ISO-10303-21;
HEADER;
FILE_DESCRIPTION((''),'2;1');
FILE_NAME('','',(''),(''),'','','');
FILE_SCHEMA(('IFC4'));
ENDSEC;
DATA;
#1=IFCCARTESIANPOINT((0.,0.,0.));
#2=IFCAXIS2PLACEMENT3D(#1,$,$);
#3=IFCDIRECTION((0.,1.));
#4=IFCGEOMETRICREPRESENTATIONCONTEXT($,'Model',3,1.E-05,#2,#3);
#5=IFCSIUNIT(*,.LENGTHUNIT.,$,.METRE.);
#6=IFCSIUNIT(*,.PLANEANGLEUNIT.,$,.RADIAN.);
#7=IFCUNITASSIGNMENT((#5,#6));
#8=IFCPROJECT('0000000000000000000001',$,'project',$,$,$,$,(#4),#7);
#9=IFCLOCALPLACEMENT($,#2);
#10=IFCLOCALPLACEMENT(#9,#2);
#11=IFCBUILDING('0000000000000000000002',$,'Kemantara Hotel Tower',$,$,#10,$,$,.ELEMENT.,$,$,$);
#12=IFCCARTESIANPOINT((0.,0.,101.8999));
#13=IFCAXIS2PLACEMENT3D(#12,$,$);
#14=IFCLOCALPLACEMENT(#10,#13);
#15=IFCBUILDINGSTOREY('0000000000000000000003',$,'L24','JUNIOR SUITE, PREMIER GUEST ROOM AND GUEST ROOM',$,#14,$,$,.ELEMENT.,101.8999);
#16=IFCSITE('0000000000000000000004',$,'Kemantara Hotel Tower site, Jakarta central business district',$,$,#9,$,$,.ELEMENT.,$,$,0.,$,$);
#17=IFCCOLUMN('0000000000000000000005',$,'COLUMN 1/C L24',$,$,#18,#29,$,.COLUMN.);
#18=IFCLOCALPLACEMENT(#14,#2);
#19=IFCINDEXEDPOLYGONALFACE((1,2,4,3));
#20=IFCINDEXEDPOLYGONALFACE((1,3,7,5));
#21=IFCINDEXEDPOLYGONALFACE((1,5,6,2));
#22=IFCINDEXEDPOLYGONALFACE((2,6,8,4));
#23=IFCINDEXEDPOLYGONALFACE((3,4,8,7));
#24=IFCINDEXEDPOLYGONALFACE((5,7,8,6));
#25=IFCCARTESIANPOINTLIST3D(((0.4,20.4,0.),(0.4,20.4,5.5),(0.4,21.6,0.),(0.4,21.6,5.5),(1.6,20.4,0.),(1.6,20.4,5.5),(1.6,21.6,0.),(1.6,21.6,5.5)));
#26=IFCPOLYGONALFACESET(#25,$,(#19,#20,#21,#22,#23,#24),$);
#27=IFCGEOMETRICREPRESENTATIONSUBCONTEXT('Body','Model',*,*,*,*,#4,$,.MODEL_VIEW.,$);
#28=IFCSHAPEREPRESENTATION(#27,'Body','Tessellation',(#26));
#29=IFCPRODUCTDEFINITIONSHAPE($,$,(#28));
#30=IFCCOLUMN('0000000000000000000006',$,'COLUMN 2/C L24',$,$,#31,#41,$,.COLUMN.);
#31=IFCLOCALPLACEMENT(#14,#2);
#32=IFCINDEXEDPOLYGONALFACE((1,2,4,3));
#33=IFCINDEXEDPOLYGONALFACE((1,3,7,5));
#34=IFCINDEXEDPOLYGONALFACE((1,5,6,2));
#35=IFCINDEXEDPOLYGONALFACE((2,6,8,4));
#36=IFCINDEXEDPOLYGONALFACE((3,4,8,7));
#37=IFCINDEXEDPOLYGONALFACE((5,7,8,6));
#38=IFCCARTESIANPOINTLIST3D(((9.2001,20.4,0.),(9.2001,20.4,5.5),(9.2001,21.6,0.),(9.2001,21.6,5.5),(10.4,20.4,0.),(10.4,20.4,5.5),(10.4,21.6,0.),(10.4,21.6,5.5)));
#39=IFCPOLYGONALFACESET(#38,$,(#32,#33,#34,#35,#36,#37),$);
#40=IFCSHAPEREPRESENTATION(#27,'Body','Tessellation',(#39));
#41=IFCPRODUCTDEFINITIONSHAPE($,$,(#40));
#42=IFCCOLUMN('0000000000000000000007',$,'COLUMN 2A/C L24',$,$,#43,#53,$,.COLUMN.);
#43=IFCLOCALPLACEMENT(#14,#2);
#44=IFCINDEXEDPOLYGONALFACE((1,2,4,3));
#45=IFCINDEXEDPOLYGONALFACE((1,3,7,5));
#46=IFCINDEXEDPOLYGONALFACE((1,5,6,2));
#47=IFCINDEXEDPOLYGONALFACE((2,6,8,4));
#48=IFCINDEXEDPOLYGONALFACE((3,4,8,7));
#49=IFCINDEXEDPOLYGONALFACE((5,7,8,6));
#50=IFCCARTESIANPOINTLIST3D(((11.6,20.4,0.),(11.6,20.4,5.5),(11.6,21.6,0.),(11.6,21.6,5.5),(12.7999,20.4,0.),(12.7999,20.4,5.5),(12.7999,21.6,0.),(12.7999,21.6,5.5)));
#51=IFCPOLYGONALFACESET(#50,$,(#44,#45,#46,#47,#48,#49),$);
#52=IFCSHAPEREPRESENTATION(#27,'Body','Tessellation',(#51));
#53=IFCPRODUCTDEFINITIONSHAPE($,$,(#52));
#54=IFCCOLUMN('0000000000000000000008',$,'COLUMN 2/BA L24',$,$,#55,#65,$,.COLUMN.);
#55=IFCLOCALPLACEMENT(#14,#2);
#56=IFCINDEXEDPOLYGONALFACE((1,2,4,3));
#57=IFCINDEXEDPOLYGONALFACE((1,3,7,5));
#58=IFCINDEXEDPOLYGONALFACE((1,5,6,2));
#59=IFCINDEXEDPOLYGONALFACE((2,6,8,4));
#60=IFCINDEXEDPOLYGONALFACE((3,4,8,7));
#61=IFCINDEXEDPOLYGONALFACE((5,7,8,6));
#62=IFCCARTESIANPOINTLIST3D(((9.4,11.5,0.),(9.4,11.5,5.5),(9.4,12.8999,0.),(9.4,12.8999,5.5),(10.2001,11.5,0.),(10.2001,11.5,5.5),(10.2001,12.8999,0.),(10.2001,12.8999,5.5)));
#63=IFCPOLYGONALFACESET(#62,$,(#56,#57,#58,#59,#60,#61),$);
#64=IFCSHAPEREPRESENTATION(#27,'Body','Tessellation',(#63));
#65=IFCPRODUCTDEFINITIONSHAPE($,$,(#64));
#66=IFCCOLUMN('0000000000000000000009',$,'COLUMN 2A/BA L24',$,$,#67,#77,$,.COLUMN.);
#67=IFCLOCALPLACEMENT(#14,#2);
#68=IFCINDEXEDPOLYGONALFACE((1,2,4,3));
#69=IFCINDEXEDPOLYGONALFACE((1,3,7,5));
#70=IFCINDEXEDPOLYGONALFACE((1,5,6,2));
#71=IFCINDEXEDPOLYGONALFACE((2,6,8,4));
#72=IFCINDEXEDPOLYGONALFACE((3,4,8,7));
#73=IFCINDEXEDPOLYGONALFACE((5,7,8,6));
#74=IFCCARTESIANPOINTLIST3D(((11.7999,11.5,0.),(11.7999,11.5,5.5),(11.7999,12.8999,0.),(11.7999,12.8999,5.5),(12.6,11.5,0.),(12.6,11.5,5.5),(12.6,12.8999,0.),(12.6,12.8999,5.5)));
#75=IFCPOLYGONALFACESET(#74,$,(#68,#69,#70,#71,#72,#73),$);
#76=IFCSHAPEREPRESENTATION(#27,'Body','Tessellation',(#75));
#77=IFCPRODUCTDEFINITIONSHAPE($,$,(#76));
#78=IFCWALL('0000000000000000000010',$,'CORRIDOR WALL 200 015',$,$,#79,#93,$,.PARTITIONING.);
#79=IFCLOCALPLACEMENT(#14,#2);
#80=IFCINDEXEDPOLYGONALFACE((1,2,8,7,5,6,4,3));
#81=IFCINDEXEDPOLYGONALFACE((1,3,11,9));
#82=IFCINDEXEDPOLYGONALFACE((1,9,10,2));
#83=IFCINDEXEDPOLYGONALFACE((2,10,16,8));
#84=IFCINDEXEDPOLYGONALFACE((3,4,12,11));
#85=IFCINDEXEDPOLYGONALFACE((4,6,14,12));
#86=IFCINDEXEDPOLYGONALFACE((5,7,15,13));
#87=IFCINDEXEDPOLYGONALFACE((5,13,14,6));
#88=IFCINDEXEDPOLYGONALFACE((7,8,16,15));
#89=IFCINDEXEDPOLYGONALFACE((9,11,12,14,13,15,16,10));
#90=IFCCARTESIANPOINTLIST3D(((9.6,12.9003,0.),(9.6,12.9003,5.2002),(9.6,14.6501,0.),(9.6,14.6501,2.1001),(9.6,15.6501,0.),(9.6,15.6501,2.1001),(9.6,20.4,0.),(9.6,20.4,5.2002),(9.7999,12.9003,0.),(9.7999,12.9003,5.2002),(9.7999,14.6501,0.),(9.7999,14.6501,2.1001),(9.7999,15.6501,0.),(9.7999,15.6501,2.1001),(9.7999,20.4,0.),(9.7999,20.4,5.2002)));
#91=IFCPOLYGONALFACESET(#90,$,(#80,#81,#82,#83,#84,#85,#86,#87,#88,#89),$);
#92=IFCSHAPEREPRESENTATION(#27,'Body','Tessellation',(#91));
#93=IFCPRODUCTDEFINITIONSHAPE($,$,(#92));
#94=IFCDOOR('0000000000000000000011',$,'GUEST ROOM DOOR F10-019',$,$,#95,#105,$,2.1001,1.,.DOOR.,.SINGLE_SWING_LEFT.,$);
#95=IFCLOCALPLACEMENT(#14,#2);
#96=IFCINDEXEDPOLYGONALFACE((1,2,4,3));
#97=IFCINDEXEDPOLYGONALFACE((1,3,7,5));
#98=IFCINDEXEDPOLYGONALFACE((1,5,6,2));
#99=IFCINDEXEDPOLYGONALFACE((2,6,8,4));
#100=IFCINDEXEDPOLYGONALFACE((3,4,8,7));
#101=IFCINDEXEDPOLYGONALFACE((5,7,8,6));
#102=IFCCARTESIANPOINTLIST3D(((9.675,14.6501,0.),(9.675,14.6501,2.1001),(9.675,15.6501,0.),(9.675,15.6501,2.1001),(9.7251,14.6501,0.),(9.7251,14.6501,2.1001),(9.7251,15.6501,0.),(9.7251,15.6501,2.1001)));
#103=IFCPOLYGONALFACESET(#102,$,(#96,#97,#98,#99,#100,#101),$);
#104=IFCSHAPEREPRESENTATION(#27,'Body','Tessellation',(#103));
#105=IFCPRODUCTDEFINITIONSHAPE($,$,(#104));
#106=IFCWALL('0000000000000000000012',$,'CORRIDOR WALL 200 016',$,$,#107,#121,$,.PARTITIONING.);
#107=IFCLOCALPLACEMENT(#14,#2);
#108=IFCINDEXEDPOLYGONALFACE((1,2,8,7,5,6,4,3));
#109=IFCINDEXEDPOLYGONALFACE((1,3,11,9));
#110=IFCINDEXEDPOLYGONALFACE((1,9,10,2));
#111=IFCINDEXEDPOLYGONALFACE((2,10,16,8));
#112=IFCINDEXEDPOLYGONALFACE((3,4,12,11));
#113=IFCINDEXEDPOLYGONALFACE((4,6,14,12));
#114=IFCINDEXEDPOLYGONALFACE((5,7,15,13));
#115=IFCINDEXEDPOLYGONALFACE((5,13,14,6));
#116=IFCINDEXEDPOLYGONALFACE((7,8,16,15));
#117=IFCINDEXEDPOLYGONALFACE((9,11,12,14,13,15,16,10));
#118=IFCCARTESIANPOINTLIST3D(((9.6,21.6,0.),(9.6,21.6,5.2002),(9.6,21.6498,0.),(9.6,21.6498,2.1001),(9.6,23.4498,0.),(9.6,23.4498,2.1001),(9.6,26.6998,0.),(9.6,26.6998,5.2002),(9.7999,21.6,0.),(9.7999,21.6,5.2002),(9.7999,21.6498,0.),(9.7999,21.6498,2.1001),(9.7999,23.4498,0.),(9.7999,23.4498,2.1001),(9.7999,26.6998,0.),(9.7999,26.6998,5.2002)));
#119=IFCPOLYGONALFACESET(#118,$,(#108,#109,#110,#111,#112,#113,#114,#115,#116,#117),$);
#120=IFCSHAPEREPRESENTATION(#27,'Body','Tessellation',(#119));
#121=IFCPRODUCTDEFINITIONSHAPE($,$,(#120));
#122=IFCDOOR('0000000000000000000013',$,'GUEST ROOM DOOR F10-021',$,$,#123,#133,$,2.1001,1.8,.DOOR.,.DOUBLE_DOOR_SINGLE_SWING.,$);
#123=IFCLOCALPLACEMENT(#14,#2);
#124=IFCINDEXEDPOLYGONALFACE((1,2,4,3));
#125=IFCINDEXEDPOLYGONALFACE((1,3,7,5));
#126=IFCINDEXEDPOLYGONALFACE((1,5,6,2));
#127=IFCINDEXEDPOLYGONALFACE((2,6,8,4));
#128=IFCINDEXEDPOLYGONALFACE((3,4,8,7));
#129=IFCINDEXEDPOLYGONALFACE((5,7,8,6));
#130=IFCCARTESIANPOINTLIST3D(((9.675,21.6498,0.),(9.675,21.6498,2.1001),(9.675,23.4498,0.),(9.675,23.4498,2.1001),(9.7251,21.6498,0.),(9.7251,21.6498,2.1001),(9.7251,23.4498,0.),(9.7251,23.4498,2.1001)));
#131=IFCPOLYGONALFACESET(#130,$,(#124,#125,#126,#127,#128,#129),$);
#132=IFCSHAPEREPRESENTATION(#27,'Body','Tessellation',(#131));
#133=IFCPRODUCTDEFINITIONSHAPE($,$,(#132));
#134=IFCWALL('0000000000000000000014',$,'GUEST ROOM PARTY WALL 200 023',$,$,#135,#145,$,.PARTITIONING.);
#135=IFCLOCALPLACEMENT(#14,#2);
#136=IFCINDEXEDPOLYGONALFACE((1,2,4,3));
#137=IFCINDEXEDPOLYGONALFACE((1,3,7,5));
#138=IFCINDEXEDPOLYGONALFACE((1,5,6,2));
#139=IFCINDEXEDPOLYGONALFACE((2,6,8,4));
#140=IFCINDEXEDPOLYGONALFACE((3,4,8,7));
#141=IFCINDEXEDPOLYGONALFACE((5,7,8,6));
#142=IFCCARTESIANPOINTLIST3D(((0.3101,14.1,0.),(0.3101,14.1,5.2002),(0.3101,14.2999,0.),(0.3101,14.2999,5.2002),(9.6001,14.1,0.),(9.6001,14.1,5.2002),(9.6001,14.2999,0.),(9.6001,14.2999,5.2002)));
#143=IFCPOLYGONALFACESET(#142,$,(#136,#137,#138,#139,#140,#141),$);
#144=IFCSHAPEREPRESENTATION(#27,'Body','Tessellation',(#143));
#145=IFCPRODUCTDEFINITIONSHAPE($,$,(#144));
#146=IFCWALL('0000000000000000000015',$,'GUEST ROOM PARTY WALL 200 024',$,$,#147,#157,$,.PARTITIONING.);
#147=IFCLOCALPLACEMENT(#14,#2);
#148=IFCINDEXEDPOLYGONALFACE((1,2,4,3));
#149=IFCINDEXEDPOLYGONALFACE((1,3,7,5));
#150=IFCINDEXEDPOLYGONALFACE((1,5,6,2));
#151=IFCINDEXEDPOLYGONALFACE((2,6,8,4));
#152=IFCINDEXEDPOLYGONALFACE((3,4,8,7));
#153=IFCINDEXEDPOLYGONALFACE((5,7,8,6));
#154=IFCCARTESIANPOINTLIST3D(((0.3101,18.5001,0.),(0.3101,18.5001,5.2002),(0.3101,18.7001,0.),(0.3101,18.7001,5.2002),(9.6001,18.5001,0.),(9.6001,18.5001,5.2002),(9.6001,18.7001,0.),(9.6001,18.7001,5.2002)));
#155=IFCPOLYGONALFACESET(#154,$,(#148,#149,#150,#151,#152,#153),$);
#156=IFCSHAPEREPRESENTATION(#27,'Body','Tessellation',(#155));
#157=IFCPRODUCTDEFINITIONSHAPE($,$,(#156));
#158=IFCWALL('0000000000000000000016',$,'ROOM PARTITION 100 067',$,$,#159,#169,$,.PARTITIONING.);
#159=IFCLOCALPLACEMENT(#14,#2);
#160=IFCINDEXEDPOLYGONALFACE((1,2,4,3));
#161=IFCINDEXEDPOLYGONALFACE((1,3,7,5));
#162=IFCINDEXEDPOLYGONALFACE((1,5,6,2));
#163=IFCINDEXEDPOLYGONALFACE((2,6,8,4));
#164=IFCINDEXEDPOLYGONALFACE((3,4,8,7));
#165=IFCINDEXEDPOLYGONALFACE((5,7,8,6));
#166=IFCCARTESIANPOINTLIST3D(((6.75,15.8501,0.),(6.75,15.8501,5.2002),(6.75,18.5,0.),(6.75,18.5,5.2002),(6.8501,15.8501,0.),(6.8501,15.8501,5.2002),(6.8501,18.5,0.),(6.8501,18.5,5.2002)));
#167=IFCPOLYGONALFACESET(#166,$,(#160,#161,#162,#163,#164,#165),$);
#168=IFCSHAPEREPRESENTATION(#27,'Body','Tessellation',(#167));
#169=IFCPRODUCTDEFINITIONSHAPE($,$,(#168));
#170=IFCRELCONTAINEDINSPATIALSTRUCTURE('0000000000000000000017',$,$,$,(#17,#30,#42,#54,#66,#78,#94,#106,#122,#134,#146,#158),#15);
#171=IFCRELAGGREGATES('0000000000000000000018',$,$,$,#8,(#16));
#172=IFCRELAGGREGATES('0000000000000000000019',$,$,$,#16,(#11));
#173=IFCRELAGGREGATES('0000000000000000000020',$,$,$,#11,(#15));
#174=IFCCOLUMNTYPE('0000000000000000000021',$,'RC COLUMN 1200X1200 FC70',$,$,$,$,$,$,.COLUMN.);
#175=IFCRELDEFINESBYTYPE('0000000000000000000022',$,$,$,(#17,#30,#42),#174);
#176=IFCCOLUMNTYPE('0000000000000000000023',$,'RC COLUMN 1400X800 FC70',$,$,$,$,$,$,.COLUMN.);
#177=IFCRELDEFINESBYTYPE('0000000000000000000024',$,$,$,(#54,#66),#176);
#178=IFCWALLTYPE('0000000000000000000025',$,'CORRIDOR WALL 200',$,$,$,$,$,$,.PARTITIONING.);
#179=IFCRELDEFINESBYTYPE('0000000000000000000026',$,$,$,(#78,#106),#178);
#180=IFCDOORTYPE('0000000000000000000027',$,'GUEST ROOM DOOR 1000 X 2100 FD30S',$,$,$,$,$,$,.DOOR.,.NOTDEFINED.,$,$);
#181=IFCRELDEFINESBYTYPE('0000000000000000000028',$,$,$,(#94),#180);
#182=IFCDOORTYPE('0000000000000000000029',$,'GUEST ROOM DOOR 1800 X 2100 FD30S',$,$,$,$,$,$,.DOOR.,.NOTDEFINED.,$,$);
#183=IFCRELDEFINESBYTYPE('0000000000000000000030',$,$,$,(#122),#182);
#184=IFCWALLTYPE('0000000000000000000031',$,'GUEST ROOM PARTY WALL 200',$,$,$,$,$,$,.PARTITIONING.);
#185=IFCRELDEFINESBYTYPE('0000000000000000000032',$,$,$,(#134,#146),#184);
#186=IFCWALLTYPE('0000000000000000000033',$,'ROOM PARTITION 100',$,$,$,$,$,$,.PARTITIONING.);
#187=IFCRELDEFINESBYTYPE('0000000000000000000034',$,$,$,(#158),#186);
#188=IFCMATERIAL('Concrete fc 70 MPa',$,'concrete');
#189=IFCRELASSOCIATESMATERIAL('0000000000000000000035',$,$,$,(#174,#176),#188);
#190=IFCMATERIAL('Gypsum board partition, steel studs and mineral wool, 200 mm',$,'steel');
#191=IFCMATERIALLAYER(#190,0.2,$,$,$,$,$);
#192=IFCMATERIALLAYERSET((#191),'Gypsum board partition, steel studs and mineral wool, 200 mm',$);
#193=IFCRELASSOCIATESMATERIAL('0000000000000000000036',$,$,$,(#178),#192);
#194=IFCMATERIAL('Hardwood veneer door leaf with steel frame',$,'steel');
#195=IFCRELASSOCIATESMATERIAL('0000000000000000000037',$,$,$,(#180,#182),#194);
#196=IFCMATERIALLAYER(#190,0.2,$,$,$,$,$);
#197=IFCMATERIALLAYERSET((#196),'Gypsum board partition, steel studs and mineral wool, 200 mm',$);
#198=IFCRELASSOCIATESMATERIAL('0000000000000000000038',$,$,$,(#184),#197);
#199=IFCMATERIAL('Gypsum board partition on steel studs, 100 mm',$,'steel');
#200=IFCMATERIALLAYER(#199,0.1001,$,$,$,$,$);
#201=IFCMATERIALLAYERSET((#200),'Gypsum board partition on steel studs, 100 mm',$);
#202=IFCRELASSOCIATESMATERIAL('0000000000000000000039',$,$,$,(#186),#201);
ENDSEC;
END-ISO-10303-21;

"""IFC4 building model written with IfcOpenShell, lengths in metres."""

from ifc_helpers import new_model, si_unit, direction, frame, frame_2d, origin, origin_2d, place, context, subcontext, project, spatial, rectangle, extrude, material, layer, layer_set, material_profile, profile_set, type_object, element, fill, save


model = new_model("IFC4")

# Units and contexts
model_context = context("Model", 3, precision=1e-05, world=origin(), true_north=direction((0.0, 1.0)))
body_context = subcontext(model_context, "Body", "Model", "MODEL_VIEW")
ifc_project = project(units=[si_unit("LENGTHUNIT", "METRE"), si_unit("PLANEANGLEUNIT", "RADIAN")], contexts=[model_context])

# Site, building, storey
site_placement = place(None, origin())
site = spatial("IfcSite", under=ifc_project, at=site_placement, Name="Kemantara Hotel Tower site, Jakarta central business district", CompositionType="ELEMENT", RefElevation=0.0)
building_placement = place(site_placement, origin())
building = spatial("IfcBuilding", under=site, at=building_placement, Name="Kemantara Hotel Tower", CompositionType="ELEMENT")
storey_placement = place(building_placement, frame((0.0, 0.0, 101.8999)))
storey = spatial("IfcBuildingStorey", under=building, at=storey_placement, Name="L24", Description="JUNIOR SUITE, PREMIER GUEST ROOM AND GUEST ROOM", CompositionType="ELEMENT", Elevation=101.8999)

# Columns
ifc_material_1 = material(Name="Concrete fc 70 MPa", Category="concrete")
ifc_material_profile_1 = material_profile(ifc_material_1, rectangle(XDim=1.2, YDim=1.2, at=origin_2d()), Name="RC 1200X1200")
ifc_profile_set_1 = profile_set([ifc_material_profile_1], Name="Concrete fc 70 MPa")
column_type_1 = type_object("IfcColumnType", Name="RC COLUMN 1200X1200 FC70", PredefinedType="COLUMN", material=ifc_profile_set_1)
for number, where, z_axis, x_axis, name in (
    (1, (1.0, 21.0, 0.0), (0.0, 0.0, 1.0), (1.0, 0.0, 0.0), "COLUMN 1/C L24"),
    (2, (9.8, 21.0, 0.0), (0.0, 0.0, 1.0), (1.0, 0.0, 0.0), "COLUMN 2/C L24"),
    (3, (12.2, 21.0, 0.0), (0.0, 0.0, 1.0), (1.0, 0.0, 0.0), "COLUMN 2A/C L24"),
):
    element("IfcColumn", number, at=place(storey_placement, frame(where, z_axis=z_axis, x_axis=x_axis)), inside=storey, type_object=column_type_1, Name=name, PredefinedType="COLUMN", context=body_context, shape_type="SweptSolid", body=[
        extrude(rectangle(XDim=1.2, YDim=1.2, at=origin_2d()), origin(), (0.0, 0.0, 1.0), 5.5),
    ])
ifc_material_profile_2 = material_profile(ifc_material_1, rectangle(XDim=1.3999, YDim=0.8, at=origin_2d()), Name="RC 1400X800")
ifc_profile_set_2 = profile_set([ifc_material_profile_2], Name="Concrete fc 70 MPa")
column_type_2 = type_object("IfcColumnType", Name="RC COLUMN 1400X800 FC70", PredefinedType="COLUMN", material=ifc_profile_set_2)
for number, where, z_axis, x_axis, name in (
    (4, (9.8, 12.2, 0.0), (0.0, 0.0, 1.0), (0.0, 1.0, 0.0), "COLUMN 2/BA L24"),
    (5, (12.2, 12.2, 0.0), (0.0, 0.0, 1.0), (0.0, 1.0, 0.0), "COLUMN 2A/BA L24"),
):
    element("IfcColumn", number, at=place(storey_placement, frame(where, z_axis=z_axis, x_axis=x_axis)), inside=storey, type_object=column_type_2, Name=name, PredefinedType="COLUMN", context=body_context, shape_type="SweptSolid", body=[
        extrude(rectangle(XDim=1.3999, YDim=0.8, at=origin_2d()), origin(), (0.0, 0.0, 1.0), 5.5),
    ])

# Walls, openings, doors
ifc_material_2 = material(Name="Gypsum board partition, steel studs and mineral wool, 200 mm", Category="steel")
ifc_layer_1 = layer(ifc_material_2, 0.2)
ifc_layer_set_1 = layer_set([ifc_layer_1], Name="Gypsum board partition, steel studs and mineral wool, 200 mm")
wall_type_1 = type_object("IfcWallType", Name="CORRIDOR WALL 200", PredefinedType="PARTITIONING", material=ifc_layer_set_1)
wall_1_placement = place(storey_placement, frame((9.7, 12.9001, 0.0), z_axis=(0.0, 0.0, 1.0), x_axis=(0.0, 1.0, 0.0)))
wall_1 = element("IfcWall", 6, at=wall_1_placement, inside=storey, type_object=wall_type_1, Name="CORRIDOR WALL 200 015", PredefinedType="PARTITIONING", context=body_context, shape_type="SweptSolid", body=[
    extrude(rectangle(XDim=7.4998, YDim=0.2, at=frame_2d((3.75, 0.0))), origin(), (0.0, 0.0, 1.0), 5.2002),
])
opening_1_placement = place(wall_1_placement, frame((1.75, 0.0, 0.0)))
opening_1 = element("IfcOpeningElement", 7, at=opening_1_placement, cuts=wall_1, PredefinedType="OPENING", context=body_context, shape_type="SweptSolid", body=[
    extrude(rectangle(XDim=1.0, YDim=2.1001, at=frame_2d((0.5, 1.05))), frame((0.0, 0.1099, 0.0), z_axis=(0.0, -1.0, 0.0), x_axis=(1.0, 0.0, 0.0)), (0.0, 0.0, 1.0), 0.22),
])
ifc_material_3 = material(Name="Hardwood veneer door leaf with steel frame", Category="steel")
door_type_1 = type_object("IfcDoorType", Name="GUEST ROOM DOOR 1000 X 2100 FD30S", OperationType="NOTDEFINED", PredefinedType="DOOR", material=ifc_material_3)
door_1_placement = place(opening_1_placement, origin())
door_1 = element("IfcDoor", 8, at=door_1_placement, inside=storey, type_object=door_type_1, Name="GUEST ROOM DOOR F10-019", OperationType="SINGLE_SWING_LEFT", OverallHeight=2.1001, OverallWidth=1.0, PredefinedType="DOOR", context=body_context, shape_type="SweptSolid", body=[
    extrude(rectangle(XDim=1.0, YDim=2.1001, at=frame_2d((0.5, 1.05))), frame((0.0, 0.0249, 0.0), z_axis=(0.0, -1.0, 0.0), x_axis=(1.0, 0.0, 0.0)), (0.0, 0.0, 1.0), 0.05),
])
fill(opening_1, door_1)
wall_2_placement = place(storey_placement, frame((9.7, 21.6001, 0.0), z_axis=(0.0, 0.0, 1.0), x_axis=(0.0, 1.0, 0.0)))
wall_2 = element("IfcWall", 9, at=wall_2_placement, inside=storey, type_object=wall_type_1, Name="CORRIDOR WALL 200 016", PredefinedType="PARTITIONING", context=body_context, shape_type="SweptSolid", body=[
    extrude(rectangle(XDim=5.0999, YDim=0.2, at=frame_2d((2.5498, 0.0))), origin(), (0.0, 0.0, 1.0), 5.2002),
])
opening_2_placement = place(wall_2_placement, frame((0.0498, 0.0, 0.0)))
opening_2 = element("IfcOpeningElement", 10, at=opening_2_placement, cuts=wall_2, PredefinedType="OPENING", context=body_context, shape_type="SweptSolid", body=[
    extrude(rectangle(XDim=1.8, YDim=2.1001, at=frame_2d((0.8999, 1.05))), frame((0.0, 0.1099, 0.0), z_axis=(0.0, -1.0, 0.0), x_axis=(1.0, 0.0, 0.0)), (0.0, 0.0, 1.0), 0.22),
])
door_type_2 = type_object("IfcDoorType", Name="GUEST ROOM DOOR 1800 X 2100 FD30S", OperationType="NOTDEFINED", PredefinedType="DOOR", material=ifc_material_3)
door_2_placement = place(opening_2_placement, origin())
door_2 = element("IfcDoor", 11, at=door_2_placement, inside=storey, type_object=door_type_2, Name="GUEST ROOM DOOR F10-021", OperationType="DOUBLE_DOOR_SINGLE_SWING", OverallHeight=2.1001, OverallWidth=1.8, PredefinedType="DOOR", context=body_context, shape_type="SweptSolid", body=[
    extrude(rectangle(XDim=1.8, YDim=2.1001, at=frame_2d((0.8999, 1.05))), frame((0.0, 0.0249, 0.0), z_axis=(0.0, -1.0, 0.0), x_axis=(1.0, 0.0, 0.0)), (0.0, 0.0, 1.0), 0.05),
])
fill(opening_2, door_2)

# Walls
ifc_layer_2 = layer(ifc_material_2, 0.2)
ifc_layer_set_2 = layer_set([ifc_layer_2], Name="Gypsum board partition, steel studs and mineral wool, 200 mm")
wall_type_2 = type_object("IfcWallType", Name="GUEST ROOM PARTY WALL 200", PredefinedType="PARTITIONING", material=ifc_layer_set_2)
for number, where, z_axis, x_axis, name in (
    (12, (0.3101, 14.2, 0.0), (0.0, 0.0, 1.0), (1.0, 0.0, 0.0), "GUEST ROOM PARTY WALL 200 023"),
    (13, (0.3101, 18.6001, 0.0), (0.0, 0.0, 1.0), (1.0, 0.0, 0.0), "GUEST ROOM PARTY WALL 200 024"),
):
    element("IfcWall", number, at=place(storey_placement, frame(where, z_axis=z_axis, x_axis=x_axis)), inside=storey, type_object=wall_type_2, Name=name, PredefinedType="PARTITIONING", context=body_context, shape_type="SweptSolid", body=[
        extrude(rectangle(XDim=9.29, YDim=0.2, at=frame_2d((4.645, 0.0))), origin(), (0.0, 0.0, 1.0), 5.2002),
    ])
ifc_material_4 = material(Name="Gypsum board partition on steel studs, 100 mm", Category="steel")
ifc_layer_3 = layer(ifc_material_4, 0.1001)
ifc_layer_set_3 = layer_set([ifc_layer_3], Name="Gypsum board partition on steel studs, 100 mm")
wall_type_3 = type_object("IfcWallType", Name="ROOM PARTITION 100", PredefinedType="PARTITIONING", material=ifc_layer_set_3)
wall_3_placement = place(storey_placement, frame((6.8, 15.8501, 0.0), z_axis=(0.0, 0.0, 1.0), x_axis=(0.0, 1.0, 0.0)))
element("IfcWall", 14, at=wall_3_placement, inside=storey, type_object=wall_type_3, Name="ROOM PARTITION 100 067", PredefinedType="PARTITIONING", context=body_context, shape_type="SweptSolid", body=[
    extrude(rectangle(XDim=2.6499, YDim=0.1001, at=frame_2d((1.325, 0.0))), origin(), (0.0, 0.0, 1.0), 5.2002),
])

save(model, "model.ifc")
